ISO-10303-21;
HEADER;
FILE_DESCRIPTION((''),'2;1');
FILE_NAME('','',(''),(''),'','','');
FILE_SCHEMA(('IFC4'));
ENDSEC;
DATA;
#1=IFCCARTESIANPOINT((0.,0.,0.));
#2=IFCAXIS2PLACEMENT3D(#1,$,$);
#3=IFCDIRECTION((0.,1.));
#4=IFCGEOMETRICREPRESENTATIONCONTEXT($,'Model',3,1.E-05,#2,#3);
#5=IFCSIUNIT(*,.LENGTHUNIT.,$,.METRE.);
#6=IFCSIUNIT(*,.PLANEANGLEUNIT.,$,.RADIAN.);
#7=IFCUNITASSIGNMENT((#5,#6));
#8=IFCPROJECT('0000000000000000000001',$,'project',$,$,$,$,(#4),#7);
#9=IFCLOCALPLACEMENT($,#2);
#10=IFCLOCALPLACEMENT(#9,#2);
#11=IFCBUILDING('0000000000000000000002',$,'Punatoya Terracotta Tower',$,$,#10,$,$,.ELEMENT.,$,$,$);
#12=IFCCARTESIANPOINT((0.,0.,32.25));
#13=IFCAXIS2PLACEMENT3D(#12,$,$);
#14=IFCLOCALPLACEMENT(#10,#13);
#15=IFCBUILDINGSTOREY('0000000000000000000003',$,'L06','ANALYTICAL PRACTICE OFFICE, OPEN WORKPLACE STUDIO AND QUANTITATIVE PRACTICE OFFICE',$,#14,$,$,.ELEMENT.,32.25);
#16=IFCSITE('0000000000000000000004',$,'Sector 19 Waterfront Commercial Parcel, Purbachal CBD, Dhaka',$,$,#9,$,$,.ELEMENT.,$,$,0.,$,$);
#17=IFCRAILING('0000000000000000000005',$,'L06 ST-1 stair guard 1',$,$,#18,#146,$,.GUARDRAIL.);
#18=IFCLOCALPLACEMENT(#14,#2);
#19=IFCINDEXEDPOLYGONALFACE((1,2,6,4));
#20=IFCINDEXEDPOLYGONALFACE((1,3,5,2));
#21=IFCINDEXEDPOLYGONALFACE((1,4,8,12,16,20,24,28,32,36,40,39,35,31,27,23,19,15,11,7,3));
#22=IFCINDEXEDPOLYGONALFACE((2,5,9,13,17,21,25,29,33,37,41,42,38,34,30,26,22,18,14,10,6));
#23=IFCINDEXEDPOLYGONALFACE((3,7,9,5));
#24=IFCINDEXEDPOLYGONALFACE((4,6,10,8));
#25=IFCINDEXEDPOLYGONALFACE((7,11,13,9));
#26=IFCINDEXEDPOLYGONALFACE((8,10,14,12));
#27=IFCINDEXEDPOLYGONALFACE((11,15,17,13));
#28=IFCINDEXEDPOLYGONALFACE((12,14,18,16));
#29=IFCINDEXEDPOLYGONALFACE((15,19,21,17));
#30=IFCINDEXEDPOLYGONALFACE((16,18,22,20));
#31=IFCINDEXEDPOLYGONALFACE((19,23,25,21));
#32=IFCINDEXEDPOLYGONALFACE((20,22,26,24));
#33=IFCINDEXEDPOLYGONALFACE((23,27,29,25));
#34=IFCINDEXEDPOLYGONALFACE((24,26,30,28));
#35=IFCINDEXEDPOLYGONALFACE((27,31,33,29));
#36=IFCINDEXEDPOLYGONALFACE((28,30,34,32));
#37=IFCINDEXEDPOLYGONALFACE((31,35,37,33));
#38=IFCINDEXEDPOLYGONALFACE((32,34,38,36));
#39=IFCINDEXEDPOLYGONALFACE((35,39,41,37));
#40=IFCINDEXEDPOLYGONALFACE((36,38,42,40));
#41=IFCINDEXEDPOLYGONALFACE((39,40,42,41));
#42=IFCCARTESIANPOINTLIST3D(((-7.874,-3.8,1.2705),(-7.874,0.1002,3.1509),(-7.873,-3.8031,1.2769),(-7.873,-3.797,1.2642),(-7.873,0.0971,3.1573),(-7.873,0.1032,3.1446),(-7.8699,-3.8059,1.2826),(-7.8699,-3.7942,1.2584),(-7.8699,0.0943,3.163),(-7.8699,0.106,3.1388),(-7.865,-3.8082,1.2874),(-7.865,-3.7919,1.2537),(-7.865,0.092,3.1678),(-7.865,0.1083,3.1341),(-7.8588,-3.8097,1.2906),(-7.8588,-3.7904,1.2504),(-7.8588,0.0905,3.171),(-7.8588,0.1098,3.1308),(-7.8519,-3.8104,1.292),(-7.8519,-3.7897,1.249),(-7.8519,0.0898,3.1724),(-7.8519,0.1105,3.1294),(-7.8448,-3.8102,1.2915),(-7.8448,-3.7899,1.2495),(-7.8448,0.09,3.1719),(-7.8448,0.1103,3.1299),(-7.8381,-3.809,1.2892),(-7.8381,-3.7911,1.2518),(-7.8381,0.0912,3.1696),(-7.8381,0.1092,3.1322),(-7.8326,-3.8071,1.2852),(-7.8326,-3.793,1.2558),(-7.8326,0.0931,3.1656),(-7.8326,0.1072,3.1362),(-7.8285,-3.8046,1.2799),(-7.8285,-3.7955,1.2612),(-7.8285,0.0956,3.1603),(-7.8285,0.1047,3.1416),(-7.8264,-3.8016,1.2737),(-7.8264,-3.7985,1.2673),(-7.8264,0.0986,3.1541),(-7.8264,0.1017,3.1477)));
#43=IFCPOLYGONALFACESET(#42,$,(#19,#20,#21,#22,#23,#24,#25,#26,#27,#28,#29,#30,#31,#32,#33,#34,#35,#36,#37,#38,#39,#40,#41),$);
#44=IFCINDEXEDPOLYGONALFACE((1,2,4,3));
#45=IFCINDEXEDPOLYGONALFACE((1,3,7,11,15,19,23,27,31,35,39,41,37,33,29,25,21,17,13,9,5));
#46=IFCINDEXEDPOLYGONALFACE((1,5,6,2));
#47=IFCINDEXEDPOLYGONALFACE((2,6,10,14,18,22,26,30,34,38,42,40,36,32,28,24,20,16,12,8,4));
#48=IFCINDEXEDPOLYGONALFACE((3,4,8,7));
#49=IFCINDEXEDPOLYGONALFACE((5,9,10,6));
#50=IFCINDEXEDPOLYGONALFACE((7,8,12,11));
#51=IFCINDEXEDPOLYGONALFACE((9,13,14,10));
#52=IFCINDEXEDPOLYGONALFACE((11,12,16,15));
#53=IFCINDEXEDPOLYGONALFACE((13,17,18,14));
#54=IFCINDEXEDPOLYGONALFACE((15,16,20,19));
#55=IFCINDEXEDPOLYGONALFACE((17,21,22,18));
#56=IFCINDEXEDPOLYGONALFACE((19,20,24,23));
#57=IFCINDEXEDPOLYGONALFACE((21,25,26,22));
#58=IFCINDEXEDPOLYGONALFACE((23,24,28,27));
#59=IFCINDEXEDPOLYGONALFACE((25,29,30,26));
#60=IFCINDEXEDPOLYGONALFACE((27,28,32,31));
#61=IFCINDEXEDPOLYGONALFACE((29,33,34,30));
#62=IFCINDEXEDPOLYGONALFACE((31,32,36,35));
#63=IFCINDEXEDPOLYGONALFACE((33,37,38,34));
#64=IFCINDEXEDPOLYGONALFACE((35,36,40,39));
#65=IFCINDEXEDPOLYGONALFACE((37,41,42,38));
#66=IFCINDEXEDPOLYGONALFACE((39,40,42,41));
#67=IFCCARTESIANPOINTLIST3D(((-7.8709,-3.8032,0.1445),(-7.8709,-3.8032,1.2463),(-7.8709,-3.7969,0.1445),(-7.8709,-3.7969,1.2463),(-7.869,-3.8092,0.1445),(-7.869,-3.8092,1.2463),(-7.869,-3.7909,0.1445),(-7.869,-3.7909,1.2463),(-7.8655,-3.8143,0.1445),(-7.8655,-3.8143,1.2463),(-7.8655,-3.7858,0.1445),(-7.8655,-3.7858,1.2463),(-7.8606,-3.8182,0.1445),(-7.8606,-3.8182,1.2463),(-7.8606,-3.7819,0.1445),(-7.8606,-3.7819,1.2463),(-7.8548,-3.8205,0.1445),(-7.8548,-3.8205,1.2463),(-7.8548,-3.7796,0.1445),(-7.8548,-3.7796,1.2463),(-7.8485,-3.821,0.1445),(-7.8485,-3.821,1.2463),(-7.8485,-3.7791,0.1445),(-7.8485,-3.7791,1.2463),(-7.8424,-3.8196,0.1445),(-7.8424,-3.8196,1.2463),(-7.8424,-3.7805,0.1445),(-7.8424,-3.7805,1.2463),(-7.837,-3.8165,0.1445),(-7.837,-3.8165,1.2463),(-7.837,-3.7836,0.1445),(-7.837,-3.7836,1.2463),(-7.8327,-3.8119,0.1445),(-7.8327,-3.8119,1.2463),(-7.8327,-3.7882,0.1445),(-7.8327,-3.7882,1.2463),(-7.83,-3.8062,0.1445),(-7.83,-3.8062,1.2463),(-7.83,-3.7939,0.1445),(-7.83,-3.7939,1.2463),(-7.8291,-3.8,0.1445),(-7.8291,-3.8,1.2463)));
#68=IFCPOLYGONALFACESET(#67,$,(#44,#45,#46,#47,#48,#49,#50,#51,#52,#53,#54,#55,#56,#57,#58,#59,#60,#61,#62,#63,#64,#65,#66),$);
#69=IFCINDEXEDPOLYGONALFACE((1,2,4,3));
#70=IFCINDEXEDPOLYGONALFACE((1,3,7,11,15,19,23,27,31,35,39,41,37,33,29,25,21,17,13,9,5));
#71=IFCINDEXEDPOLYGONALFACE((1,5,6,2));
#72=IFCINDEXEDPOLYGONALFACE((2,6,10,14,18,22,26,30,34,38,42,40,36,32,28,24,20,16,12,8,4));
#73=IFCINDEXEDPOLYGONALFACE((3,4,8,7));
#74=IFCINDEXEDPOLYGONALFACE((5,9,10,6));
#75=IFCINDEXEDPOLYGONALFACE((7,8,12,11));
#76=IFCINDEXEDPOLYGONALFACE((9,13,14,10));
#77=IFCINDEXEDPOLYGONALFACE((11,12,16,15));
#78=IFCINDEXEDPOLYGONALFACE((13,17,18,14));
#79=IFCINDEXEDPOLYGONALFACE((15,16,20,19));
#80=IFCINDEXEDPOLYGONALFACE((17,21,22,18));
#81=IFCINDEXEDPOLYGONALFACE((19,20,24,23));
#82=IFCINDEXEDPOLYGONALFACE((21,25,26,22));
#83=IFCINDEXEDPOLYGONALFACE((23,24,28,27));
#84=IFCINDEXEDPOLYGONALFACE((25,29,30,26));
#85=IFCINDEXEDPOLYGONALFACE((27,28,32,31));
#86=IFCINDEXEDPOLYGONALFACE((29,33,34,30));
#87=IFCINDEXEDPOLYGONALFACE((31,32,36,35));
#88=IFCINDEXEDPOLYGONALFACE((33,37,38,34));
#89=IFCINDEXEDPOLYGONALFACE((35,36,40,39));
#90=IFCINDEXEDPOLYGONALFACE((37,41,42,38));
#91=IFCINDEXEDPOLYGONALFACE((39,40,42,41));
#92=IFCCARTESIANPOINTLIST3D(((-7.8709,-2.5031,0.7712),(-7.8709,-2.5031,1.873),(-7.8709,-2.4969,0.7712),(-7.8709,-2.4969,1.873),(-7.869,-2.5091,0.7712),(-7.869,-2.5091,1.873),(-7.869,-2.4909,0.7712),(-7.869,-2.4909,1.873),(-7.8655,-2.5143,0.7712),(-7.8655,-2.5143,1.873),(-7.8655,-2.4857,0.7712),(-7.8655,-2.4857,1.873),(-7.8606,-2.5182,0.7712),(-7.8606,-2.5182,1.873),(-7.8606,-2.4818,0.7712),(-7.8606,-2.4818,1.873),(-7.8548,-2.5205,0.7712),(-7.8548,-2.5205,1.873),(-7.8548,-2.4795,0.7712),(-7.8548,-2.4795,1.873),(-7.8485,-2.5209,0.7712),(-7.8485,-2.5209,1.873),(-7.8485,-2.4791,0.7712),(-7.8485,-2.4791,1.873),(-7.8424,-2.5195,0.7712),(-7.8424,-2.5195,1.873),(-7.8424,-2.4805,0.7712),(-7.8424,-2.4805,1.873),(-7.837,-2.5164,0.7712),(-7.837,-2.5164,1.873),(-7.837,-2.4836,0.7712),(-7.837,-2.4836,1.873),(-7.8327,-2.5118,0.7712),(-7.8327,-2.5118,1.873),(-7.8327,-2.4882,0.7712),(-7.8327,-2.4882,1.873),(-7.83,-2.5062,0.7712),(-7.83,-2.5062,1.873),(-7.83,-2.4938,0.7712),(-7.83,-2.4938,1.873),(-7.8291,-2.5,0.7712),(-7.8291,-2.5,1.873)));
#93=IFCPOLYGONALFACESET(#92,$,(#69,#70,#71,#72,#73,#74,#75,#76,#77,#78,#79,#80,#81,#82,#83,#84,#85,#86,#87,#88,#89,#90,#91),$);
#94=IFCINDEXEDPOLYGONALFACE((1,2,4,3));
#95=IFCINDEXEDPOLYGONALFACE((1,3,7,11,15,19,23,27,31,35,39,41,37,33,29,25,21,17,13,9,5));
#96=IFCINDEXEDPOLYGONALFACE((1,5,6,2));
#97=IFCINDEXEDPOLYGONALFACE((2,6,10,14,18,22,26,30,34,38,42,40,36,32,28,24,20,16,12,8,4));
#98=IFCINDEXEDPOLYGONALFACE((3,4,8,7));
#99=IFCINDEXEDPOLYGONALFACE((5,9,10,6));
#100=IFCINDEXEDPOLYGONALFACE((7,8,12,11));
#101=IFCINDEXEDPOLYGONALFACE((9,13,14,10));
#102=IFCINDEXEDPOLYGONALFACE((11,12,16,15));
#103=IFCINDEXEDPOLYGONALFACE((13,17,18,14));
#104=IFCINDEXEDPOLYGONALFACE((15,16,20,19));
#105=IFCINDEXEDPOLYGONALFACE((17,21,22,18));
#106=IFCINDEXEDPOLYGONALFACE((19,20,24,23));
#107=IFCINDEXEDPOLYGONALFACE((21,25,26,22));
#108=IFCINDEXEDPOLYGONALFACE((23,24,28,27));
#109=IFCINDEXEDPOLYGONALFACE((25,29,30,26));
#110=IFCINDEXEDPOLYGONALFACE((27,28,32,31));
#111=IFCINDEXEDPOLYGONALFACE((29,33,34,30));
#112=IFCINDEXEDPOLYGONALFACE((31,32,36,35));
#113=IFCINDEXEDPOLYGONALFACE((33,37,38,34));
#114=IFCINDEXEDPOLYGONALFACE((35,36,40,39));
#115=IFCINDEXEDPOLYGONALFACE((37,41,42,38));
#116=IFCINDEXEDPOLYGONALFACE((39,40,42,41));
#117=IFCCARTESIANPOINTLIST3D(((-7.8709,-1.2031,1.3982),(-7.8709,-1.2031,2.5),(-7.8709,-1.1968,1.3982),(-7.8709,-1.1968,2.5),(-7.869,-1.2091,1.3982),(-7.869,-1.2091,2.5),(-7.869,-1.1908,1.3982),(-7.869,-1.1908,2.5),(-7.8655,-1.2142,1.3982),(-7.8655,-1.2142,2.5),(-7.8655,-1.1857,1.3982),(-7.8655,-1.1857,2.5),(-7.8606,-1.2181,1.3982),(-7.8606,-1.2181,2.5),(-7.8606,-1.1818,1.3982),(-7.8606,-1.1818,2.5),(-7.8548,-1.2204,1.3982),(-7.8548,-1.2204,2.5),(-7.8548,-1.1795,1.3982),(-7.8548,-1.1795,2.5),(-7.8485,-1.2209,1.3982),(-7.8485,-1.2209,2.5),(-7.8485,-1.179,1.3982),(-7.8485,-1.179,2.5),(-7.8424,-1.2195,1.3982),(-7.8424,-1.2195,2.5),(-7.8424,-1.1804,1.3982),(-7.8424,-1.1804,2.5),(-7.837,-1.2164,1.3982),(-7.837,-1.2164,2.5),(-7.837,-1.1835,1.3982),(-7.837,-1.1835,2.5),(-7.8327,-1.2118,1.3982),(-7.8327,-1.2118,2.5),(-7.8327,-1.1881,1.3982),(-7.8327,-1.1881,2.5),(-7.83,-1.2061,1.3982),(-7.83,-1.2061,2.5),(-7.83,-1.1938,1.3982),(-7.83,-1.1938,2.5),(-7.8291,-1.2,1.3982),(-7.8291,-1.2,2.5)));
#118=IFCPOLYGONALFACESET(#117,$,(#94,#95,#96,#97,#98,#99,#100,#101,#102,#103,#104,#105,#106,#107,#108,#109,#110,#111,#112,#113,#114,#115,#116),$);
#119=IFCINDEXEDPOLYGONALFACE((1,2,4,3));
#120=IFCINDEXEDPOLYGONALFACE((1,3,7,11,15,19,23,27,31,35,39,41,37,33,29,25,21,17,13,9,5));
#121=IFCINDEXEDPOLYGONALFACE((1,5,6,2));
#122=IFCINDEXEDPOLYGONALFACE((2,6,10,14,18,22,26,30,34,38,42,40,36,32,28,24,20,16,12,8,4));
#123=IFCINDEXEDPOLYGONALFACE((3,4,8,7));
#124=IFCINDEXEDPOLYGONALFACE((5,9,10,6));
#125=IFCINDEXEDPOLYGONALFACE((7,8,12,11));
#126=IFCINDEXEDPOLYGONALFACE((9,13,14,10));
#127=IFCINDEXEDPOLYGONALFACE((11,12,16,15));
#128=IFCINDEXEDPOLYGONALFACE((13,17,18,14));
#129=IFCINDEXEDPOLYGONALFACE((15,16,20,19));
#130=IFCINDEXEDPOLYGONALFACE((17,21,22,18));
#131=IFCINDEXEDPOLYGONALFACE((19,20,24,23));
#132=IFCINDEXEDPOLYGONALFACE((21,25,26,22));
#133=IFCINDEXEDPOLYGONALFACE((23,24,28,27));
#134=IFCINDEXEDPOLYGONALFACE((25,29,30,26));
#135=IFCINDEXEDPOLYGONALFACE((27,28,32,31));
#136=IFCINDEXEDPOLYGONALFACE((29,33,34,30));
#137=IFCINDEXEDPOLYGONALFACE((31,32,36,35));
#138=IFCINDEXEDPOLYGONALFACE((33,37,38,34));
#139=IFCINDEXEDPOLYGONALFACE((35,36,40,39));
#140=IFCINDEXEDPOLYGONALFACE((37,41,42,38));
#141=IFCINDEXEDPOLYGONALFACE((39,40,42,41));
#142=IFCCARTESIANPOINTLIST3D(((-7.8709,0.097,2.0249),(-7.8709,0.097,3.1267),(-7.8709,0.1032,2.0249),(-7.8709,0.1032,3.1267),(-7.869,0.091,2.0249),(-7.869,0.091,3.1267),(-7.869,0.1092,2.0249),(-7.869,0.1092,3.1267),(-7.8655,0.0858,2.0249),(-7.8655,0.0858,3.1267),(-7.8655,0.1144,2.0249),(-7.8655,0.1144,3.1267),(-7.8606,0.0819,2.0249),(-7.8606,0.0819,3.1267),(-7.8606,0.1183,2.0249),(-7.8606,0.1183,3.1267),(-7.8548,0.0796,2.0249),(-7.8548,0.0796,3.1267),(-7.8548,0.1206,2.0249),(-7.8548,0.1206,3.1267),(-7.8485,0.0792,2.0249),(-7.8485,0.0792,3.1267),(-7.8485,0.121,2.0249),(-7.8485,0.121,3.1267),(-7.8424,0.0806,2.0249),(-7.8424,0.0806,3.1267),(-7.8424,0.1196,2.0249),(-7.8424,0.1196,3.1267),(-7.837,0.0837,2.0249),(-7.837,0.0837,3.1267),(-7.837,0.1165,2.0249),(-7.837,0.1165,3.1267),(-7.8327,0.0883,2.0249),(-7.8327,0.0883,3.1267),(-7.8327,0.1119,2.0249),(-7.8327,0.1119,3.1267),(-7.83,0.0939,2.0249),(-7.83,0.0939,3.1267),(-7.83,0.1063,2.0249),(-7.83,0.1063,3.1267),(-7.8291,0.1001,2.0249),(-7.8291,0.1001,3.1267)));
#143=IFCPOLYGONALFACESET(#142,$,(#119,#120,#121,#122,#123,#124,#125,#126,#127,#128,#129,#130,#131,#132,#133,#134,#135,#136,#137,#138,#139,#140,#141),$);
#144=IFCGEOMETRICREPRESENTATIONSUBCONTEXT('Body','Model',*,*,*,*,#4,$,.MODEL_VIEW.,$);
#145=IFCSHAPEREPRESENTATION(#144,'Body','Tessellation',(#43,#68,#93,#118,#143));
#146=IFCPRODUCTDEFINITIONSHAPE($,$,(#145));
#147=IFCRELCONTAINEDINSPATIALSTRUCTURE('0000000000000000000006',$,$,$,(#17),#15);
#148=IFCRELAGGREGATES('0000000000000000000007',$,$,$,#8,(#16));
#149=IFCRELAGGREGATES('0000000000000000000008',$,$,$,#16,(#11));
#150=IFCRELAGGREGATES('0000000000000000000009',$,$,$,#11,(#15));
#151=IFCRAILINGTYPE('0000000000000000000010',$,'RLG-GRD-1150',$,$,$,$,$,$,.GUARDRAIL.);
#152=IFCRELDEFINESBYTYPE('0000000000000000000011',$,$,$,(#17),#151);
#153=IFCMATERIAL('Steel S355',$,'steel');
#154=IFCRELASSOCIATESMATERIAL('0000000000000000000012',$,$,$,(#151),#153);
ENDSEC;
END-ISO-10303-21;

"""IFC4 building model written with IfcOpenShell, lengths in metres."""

from ifc_helpers import new_model, si_unit, direction, frame, origin, origin_2d, place, context, subcontext, project, spatial, circle, extrude, material, type_object, element, save


model = new_model("IFC4")

# Units and contexts
model_context = context("Model", 3, precision=1e-05, world=origin(), true_north=direction((0.0, 1.0)))
body_context = subcontext(model_context, "Body", "Model", "MODEL_VIEW")
ifc_project = project(units=[si_unit("LENGTHUNIT", "METRE"), si_unit("PLANEANGLEUNIT", "RADIAN")], contexts=[model_context])

# Site, building, storey
site_placement = place(None, origin())
site = spatial("IfcSite", under=ifc_project, at=site_placement, Name="Sector 19 Waterfront Commercial Parcel, Purbachal CBD, Dhaka", CompositionType="ELEMENT", RefElevation=0.0)
building_placement = place(site_placement, origin())
building = spatial("IfcBuilding", under=site, at=building_placement, Name="Punatoya Terracotta Tower", CompositionType="ELEMENT")
storey_placement = place(building_placement, frame((0.0, 0.0, 32.25)))
storey = spatial("IfcBuildingStorey", under=building, at=storey_placement, Name="L06", Description="ANALYTICAL PRACTICE OFFICE, OPEN WORKPLACE STUDIO AND QUANTITATIVE PRACTICE OFFICE", CompositionType="ELEMENT", Elevation=32.25)

# Shared definitions
ifc_material_1 = material(Name="Steel S355", Category="steel")

# Railing
railing_type_1 = type_object("IfcRailingType", Name="RLG-GRD-1150", PredefinedType="GUARDRAIL", material=ifc_material_1)
railing_1_placement = place(storey_placement, frame((-7.8501, -3.8, 0.1445)))
element("IfcRailing", 1, at=railing_1_placement, inside=storey, type_object=railing_type_1, Name="L06 ST-1 stair guard 1", PredefinedType="GUARDRAIL", context=body_context, shape_type="SweptSolid", body=[
    extrude(circle(Radius=0.0239, at=origin_2d()), frame((0.0, 0.0, 1.126), z_axis=(0.0, 0.900774, 0.434289), x_axis=(-1.0, 0.0, 0.0)), (0.0, 0.0, 1.0), 4.3298),
    extrude(circle(Radius=0.021, at=origin_2d()), origin(), (0.0, 0.0, 1.0), 1.1018),
    extrude(circle(Radius=0.021, at=origin_2d()), frame((0.0, 1.3, 0.6267)), (0.0, 0.0, 1.0), 1.1018),
    extrude(circle(Radius=0.021, at=origin_2d()), frame((0.0, 2.6001, 1.2537)), (0.0, 0.0, 1.0), 1.1018),
    extrude(circle(Radius=0.021, at=origin_2d()), frame((0.0, 3.9001, 1.8804)), (0.0, 0.0, 1.0), 1.1018),
])

save(model, "model.ifc")
